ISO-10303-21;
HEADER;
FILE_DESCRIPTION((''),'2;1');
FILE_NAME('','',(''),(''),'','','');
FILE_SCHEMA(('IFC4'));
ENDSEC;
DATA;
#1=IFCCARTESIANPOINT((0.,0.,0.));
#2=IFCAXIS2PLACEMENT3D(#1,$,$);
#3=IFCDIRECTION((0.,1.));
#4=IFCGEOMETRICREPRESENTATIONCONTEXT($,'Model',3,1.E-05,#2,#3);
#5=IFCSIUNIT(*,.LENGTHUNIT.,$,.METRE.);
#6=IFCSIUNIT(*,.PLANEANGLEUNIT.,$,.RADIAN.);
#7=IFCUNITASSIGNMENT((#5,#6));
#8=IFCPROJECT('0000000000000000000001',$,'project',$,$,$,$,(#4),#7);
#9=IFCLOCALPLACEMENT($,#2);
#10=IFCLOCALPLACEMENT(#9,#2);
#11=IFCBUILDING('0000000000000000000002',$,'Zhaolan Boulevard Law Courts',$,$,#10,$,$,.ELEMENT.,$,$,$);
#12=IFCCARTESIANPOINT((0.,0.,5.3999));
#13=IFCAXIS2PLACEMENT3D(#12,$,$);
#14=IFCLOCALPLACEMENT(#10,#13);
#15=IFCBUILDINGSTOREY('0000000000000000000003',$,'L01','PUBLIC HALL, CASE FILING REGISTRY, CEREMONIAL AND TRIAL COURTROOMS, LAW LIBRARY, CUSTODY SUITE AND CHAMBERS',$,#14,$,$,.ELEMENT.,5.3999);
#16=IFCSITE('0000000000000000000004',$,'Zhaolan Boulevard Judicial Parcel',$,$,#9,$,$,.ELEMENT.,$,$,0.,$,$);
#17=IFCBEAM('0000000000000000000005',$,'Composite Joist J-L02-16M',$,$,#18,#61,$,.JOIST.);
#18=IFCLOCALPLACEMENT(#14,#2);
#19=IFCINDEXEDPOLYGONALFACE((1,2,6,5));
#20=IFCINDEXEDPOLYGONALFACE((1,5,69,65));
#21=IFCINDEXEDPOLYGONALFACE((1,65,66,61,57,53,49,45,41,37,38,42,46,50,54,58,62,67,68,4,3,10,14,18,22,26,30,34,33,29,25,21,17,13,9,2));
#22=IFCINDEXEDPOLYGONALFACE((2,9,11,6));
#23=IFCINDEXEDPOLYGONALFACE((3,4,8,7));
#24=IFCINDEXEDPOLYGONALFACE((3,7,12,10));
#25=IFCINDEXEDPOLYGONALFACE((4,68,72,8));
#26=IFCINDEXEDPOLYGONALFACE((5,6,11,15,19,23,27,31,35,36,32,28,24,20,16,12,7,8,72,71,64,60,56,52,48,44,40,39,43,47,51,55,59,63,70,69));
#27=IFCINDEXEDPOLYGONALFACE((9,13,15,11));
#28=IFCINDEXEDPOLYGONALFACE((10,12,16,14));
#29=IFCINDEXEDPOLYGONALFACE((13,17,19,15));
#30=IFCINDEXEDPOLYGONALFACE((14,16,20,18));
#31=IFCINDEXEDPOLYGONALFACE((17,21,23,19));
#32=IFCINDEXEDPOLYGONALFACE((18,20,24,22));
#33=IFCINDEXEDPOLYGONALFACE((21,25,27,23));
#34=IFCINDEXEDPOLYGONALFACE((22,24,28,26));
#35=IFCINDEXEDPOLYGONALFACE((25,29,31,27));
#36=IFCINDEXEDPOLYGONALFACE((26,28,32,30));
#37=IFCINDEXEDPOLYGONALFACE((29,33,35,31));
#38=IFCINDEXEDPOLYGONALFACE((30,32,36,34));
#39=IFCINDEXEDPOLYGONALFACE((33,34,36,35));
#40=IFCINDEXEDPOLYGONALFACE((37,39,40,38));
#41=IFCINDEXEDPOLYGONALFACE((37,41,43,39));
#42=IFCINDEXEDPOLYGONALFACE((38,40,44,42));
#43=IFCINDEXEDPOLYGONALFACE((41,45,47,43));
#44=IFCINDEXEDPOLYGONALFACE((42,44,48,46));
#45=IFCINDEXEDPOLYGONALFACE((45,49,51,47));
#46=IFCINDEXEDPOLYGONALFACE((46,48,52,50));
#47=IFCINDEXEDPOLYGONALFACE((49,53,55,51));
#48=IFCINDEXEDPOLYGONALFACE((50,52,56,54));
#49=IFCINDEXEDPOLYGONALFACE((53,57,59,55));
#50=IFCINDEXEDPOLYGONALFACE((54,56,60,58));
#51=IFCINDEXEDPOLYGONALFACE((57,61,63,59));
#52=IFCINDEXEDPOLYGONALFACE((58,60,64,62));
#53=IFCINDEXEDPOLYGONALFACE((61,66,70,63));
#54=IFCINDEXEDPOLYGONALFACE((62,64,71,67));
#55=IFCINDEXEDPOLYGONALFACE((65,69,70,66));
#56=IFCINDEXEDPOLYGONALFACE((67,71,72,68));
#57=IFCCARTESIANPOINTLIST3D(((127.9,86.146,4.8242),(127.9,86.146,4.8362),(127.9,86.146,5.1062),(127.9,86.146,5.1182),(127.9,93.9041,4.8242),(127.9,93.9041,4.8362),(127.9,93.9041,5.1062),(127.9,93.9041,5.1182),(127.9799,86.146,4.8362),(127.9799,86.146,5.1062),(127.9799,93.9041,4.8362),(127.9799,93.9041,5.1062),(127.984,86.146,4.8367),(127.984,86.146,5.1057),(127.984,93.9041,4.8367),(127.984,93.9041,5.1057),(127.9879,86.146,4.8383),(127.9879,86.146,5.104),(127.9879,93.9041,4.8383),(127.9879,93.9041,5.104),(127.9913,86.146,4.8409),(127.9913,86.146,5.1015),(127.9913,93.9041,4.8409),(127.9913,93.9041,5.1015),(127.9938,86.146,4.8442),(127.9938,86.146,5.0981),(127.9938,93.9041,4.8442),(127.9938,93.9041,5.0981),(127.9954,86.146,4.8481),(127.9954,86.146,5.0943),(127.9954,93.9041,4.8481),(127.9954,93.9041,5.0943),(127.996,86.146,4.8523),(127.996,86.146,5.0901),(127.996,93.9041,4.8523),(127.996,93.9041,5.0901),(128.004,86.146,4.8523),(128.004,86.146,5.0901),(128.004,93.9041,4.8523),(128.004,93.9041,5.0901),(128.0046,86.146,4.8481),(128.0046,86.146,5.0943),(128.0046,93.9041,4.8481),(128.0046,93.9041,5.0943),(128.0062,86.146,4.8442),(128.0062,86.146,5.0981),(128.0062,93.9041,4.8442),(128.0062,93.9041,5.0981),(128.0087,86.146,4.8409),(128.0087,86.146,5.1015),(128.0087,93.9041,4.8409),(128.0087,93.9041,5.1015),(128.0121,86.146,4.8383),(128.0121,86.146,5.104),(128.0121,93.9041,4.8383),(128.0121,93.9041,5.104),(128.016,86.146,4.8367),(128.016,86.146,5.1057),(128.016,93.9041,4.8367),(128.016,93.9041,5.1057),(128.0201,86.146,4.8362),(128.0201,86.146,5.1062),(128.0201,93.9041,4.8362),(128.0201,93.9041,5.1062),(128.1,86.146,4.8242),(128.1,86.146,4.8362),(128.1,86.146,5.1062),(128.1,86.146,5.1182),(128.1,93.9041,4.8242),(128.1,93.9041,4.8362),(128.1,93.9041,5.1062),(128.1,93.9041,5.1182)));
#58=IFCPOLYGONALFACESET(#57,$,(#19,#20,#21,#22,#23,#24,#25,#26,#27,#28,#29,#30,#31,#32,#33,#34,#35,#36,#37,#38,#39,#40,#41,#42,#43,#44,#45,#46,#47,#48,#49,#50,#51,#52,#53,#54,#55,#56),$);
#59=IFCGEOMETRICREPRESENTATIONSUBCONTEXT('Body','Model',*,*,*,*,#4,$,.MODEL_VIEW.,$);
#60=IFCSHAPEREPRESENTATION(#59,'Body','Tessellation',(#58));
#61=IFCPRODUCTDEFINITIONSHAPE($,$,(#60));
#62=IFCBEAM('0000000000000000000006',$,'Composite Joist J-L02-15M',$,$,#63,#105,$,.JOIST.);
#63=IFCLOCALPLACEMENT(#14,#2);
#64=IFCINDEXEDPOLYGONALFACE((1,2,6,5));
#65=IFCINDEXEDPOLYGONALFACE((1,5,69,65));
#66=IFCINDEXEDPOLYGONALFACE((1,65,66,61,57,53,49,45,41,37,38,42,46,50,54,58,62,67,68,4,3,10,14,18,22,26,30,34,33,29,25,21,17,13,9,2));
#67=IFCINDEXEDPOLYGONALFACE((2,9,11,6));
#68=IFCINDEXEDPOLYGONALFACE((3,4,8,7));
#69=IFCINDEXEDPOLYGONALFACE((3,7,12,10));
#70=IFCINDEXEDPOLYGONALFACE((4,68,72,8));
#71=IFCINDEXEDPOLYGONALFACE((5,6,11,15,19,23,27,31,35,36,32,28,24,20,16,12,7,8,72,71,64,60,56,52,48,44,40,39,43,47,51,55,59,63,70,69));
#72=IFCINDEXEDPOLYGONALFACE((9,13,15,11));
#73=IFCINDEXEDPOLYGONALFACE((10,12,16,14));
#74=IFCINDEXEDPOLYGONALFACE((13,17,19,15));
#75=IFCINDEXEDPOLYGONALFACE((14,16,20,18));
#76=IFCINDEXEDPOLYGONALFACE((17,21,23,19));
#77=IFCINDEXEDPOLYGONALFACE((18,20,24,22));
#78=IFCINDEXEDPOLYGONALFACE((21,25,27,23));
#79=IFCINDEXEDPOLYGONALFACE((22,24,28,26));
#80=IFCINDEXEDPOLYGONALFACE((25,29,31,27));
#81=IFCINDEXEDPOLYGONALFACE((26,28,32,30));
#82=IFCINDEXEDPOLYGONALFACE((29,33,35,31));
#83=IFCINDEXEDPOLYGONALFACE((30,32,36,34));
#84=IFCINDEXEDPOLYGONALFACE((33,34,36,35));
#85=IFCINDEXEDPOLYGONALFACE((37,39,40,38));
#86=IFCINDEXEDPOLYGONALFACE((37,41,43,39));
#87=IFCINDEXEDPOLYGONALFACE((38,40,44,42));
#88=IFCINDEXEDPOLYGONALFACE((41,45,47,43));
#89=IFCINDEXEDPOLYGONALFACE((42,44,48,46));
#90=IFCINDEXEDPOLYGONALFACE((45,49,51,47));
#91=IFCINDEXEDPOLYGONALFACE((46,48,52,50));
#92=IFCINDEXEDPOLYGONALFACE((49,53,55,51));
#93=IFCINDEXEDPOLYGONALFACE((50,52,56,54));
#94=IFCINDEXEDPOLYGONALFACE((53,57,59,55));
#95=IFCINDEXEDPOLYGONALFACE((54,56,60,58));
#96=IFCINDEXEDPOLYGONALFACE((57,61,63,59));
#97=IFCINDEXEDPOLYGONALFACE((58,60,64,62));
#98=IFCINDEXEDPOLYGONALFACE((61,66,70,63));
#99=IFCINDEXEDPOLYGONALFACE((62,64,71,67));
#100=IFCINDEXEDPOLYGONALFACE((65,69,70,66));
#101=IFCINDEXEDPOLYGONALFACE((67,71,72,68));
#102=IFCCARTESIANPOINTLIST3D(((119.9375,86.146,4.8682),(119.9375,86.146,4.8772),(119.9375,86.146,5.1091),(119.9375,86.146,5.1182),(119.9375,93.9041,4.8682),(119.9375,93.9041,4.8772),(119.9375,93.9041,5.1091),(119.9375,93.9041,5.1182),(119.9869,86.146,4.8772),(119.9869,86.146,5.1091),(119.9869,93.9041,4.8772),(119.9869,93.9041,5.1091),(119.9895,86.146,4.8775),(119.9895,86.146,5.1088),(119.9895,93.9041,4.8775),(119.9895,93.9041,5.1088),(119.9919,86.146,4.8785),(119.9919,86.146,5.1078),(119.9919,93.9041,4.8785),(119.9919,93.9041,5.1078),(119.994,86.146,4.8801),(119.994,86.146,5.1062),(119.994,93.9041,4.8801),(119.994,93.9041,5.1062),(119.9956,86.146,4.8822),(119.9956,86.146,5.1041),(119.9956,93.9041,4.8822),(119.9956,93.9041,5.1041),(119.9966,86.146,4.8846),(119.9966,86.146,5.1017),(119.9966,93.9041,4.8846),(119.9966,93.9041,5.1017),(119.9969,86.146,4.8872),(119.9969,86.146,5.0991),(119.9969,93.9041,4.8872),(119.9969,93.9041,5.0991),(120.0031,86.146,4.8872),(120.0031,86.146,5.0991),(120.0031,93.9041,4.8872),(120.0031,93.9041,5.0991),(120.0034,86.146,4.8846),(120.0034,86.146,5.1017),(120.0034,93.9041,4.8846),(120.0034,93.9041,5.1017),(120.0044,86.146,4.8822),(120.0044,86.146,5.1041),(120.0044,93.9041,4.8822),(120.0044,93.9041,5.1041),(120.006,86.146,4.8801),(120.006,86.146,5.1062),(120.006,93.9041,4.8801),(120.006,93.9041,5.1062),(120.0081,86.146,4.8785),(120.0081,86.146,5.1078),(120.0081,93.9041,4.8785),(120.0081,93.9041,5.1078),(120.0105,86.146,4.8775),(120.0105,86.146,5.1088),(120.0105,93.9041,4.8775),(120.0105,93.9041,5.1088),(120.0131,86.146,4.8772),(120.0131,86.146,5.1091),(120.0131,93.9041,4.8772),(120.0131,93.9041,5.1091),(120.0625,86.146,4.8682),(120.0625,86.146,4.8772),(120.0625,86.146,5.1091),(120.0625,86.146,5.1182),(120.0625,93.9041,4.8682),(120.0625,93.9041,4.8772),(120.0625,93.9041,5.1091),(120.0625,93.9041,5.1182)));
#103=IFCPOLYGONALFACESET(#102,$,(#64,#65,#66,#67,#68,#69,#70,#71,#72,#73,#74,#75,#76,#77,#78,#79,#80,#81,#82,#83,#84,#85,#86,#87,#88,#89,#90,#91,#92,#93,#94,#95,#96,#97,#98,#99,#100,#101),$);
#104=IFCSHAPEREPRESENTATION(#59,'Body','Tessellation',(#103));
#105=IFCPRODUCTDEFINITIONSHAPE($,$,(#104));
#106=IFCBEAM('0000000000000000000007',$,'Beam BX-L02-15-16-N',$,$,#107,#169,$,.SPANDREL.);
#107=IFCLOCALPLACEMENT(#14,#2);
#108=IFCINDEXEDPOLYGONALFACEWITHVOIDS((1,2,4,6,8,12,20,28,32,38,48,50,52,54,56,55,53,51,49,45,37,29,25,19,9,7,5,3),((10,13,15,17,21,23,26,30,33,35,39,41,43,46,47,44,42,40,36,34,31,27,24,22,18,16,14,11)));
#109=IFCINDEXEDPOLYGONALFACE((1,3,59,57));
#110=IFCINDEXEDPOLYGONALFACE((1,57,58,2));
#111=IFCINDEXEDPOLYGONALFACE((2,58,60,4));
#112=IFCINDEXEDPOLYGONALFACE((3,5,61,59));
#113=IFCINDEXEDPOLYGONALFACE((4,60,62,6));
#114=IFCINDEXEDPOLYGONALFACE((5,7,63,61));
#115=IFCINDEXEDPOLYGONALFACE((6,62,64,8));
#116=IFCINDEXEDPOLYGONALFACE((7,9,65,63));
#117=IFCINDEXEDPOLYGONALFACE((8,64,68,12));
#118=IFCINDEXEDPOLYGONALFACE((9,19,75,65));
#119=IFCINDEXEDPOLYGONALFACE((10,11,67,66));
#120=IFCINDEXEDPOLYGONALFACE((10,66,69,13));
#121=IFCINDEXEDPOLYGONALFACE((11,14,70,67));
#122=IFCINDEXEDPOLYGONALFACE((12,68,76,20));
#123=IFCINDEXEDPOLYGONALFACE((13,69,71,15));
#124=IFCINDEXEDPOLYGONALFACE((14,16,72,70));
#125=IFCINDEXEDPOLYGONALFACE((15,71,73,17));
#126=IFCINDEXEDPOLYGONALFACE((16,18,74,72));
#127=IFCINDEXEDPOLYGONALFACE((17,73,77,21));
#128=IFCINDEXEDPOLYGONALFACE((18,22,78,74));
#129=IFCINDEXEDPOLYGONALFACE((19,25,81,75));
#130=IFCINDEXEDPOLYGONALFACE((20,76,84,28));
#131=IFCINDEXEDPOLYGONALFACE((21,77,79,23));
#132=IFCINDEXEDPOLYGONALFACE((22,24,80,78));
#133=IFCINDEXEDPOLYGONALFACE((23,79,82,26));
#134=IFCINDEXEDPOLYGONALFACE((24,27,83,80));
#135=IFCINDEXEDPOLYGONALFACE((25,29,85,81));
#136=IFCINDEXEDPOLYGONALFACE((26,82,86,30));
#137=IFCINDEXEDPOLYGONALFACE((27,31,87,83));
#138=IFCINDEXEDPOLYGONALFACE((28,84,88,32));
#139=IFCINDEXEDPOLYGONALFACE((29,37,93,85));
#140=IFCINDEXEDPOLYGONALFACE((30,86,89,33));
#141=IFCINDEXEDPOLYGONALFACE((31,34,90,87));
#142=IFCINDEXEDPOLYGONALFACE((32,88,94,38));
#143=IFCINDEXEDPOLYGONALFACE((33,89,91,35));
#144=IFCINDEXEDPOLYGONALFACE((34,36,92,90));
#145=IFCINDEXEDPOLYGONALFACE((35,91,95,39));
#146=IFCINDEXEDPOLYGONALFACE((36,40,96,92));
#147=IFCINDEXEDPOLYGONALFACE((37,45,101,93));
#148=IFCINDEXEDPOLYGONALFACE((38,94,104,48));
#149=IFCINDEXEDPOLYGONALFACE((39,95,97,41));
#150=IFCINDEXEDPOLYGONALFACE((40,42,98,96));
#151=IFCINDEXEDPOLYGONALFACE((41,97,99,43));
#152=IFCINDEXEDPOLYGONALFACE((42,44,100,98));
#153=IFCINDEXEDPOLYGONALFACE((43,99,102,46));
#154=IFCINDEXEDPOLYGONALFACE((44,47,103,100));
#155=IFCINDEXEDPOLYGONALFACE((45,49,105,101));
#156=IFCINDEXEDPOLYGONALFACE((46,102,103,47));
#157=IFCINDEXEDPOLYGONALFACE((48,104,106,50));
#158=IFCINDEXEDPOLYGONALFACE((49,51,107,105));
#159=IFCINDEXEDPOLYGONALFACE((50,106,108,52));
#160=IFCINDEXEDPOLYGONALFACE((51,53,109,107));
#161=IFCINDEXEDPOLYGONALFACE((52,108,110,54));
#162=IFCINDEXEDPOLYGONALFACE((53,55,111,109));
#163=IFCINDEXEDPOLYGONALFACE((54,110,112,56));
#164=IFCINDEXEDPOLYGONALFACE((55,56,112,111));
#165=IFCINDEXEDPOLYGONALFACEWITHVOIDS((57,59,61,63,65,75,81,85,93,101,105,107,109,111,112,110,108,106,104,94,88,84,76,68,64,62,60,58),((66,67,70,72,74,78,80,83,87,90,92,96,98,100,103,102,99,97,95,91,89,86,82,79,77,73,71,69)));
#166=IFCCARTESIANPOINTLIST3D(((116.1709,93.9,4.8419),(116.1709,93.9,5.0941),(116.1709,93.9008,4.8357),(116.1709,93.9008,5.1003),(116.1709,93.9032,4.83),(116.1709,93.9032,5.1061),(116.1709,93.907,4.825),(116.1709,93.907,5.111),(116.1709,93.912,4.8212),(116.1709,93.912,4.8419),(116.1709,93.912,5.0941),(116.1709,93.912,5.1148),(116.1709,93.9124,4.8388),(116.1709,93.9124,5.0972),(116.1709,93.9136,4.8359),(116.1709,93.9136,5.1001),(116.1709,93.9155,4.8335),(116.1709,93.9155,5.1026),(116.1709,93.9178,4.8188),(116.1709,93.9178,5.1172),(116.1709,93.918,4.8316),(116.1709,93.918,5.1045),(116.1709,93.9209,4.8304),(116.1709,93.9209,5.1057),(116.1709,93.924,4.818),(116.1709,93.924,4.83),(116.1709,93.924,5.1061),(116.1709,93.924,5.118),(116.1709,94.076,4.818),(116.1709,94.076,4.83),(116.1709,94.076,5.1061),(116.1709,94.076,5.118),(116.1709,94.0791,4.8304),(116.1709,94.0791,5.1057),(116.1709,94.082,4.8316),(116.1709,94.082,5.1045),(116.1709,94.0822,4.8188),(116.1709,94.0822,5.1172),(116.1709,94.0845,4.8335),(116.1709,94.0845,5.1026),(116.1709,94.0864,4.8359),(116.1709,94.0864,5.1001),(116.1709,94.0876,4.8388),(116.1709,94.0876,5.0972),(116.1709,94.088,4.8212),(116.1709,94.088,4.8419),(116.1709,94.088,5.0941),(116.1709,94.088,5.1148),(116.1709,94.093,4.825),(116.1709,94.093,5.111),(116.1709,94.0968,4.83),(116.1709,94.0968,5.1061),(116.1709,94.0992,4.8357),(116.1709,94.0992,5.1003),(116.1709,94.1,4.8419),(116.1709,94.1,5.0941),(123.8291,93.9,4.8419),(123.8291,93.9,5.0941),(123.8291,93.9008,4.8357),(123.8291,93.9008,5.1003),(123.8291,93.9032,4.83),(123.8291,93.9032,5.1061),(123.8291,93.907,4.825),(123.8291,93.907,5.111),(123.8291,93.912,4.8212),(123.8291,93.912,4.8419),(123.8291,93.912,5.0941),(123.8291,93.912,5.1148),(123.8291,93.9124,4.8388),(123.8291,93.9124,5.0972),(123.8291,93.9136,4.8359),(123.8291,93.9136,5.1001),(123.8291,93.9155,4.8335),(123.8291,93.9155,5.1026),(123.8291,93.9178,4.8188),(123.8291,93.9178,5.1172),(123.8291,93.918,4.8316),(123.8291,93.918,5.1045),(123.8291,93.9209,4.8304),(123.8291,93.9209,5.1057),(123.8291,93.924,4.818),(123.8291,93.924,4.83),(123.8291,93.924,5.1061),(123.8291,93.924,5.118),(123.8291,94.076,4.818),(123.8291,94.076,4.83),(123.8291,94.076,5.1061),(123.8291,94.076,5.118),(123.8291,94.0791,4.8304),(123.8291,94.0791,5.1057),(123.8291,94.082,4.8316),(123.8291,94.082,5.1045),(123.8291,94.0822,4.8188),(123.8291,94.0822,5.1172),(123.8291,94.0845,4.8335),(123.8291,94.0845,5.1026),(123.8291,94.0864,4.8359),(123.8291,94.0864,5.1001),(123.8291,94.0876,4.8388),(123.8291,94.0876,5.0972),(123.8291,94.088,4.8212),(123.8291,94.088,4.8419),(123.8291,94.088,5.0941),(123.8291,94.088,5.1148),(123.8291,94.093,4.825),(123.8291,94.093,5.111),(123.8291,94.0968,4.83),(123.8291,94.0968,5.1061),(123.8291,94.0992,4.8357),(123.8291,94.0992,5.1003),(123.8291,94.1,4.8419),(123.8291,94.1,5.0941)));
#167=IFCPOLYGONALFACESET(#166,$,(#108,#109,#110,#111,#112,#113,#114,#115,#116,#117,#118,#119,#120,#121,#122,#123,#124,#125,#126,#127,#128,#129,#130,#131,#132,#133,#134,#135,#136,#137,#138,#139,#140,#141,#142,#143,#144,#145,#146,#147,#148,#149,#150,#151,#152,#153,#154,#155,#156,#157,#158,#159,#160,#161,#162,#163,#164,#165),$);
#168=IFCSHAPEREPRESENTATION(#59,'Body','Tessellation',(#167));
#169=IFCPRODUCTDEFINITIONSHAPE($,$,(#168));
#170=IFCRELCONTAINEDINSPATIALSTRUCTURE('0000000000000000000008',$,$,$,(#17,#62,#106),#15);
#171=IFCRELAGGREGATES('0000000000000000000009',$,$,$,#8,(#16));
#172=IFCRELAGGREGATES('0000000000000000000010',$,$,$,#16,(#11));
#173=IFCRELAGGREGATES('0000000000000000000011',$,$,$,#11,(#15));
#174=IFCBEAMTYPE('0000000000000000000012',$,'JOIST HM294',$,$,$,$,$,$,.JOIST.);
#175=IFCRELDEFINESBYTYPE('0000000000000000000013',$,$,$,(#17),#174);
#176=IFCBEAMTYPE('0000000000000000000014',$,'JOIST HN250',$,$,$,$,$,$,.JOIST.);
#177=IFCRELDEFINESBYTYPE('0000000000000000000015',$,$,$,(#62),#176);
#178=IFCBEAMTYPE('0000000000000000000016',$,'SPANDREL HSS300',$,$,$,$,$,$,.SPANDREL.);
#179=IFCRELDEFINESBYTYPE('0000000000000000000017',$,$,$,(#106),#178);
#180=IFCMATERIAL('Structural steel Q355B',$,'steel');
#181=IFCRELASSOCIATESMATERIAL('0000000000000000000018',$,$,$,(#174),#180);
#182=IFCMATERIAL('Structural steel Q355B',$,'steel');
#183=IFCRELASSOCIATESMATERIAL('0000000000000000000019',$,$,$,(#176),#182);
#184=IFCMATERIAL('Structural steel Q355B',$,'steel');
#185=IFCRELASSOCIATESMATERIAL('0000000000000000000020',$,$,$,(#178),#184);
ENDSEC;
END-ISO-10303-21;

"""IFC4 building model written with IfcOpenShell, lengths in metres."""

from ifc_helpers import new_model, si_unit, direction, frame, origin, origin_2d, place, context, subcontext, project, spatial, hollow_rectangle, i_section, extrude, material, material_profile, profile_set, type_object, element, save


model = new_model("IFC4")

# Units and contexts
model_context = context("Model", 3, precision=1e-05, world=origin(), true_north=direction((0.0, 1.0)))
body_context = subcontext(model_context, "Body", "Model", "MODEL_VIEW")
ifc_project = project(units=[si_unit("LENGTHUNIT", "METRE"), si_unit("PLANEANGLEUNIT", "RADIAN")], contexts=[model_context])

# Site, building, storey
site_placement = place(None, origin())
site = spatial("IfcSite", under=ifc_project, at=site_placement, Name="Zhaolan Boulevard Judicial Parcel", CompositionType="ELEMENT", RefElevation=0.0)
building_placement = place(site_placement, origin())
building = spatial("IfcBuilding", under=site, at=building_placement, Name="Zhaolan Boulevard Law Courts", CompositionType="ELEMENT")
storey_placement = place(building_placement, frame((0.0, 0.0, 5.3999)))
storey = spatial("IfcBuildingStorey", under=building, at=storey_placement, Name="L01", Description="PUBLIC HALL, CASE FILING REGISTRY, CEREMONIAL AND TRIAL COURTROOMS, LAW LIBRARY, CUSTODY SUITE AND CHAMBERS", CompositionType="ELEMENT", Elevation=5.3999)

# Beams
ifc_material_1 = material(Name="Structural steel Q355B", Category="steel")
ifc_material_profile_1 = material_profile(ifc_material_1, i_section(OverallWidth=0.2, OverallDepth=0.2939, WebThickness=0.0081, FlangeThickness=0.012, FilletRadius=0.0161, at=origin_2d()), Name="HM294x200")
ifc_profile_set_1 = profile_set([ifc_material_profile_1], Name="Structural steel Q355B")
beam_type_1 = type_object("IfcBeamType", Name="JOIST HM294", PredefinedType="JOIST", material=ifc_profile_set_1)
beam_1_placement = place(storey_placement, frame((128.0, 86.146, 4.9712), z_axis=(0.0, 1.0, 0.0), x_axis=(-1.0, 0.0, 0.0)))
element("IfcBeam", 1, at=beam_1_placement, inside=storey, type_object=beam_type_1, Name="Composite Joist J-L02-16M", PredefinedType="JOIST", context=body_context, shape_type="SweptSolid", body=[
    extrude(i_section(OverallWidth=0.2, OverallDepth=0.2939, WebThickness=0.0081, FlangeThickness=0.012, FilletRadius=0.0161, at=origin_2d()), origin(), (0.0, 0.0, 1.0), 7.7581),
])
ifc_material_2 = material(Name="Structural steel Q355B", Category="steel")
ifc_material_profile_2 = material_profile(ifc_material_2, i_section(OverallWidth=0.125, OverallDepth=0.25, WebThickness=0.0061, FlangeThickness=0.009, FilletRadius=0.01, at=origin_2d()), Name="HN250x125")
ifc_profile_set_2 = profile_set([ifc_material_profile_2], Name="Structural steel Q355B")
beam_type_2 = type_object("IfcBeamType", Name="JOIST HN250", PredefinedType="JOIST", material=ifc_profile_set_2)
beam_2_placement = place(storey_placement, frame((120.0, 86.146, 4.9932), z_axis=(0.0, 1.0, 0.0), x_axis=(-1.0, 0.0, 0.0)))
element("IfcBeam", 2, at=beam_2_placement, inside=storey, type_object=beam_type_2, Name="Composite Joist J-L02-15M", PredefinedType="JOIST", context=body_context, shape_type="SweptSolid", body=[
    extrude(i_section(OverallWidth=0.125, OverallDepth=0.25, WebThickness=0.0061, FlangeThickness=0.009, FilletRadius=0.01, at=origin_2d()), origin(), (0.0, 0.0, 1.0), 7.7581),
])
ifc_material_3 = material(Name="Structural steel Q355B", Category="steel")
ifc_material_profile_3 = material_profile(ifc_material_3, hollow_rectangle(XDim=0.2, YDim=0.3, WallThickness=0.012, InnerFilletRadius=0.012, OuterFilletRadius=0.0239, at=origin_2d()), Name="HSS300x200x12")
ifc_profile_set_3 = profile_set([ifc_material_profile_3], Name="Structural steel Q355B")
beam_type_3 = type_object("IfcBeamType", Name="SPANDREL HSS300", PredefinedType="SPANDREL", material=ifc_profile_set_3)
for number, where, z_axis, x_axis, name in (
    (3, (116.1709, 94.0, 4.968), (1.0, 0.0, 0.0), (0.0, 1.0, 0.0), "Beam BX-L02-15-16-N"),
):
    element("IfcBeam", number, at=place(storey_placement, frame(where, z_axis=z_axis, x_axis=x_axis)), inside=storey, type_object=beam_type_3, Name=name, PredefinedType="SPANDREL", context=body_context, shape_type="SweptSolid", body=[
        extrude(hollow_rectangle(XDim=0.2, YDim=0.3, WallThickness=0.012, InnerFilletRadius=0.012, OuterFilletRadius=0.0239, at=origin_2d()), origin(), (0.0, 0.0, 1.0), 7.6582),
    ])

save(model, "model.ifc")
